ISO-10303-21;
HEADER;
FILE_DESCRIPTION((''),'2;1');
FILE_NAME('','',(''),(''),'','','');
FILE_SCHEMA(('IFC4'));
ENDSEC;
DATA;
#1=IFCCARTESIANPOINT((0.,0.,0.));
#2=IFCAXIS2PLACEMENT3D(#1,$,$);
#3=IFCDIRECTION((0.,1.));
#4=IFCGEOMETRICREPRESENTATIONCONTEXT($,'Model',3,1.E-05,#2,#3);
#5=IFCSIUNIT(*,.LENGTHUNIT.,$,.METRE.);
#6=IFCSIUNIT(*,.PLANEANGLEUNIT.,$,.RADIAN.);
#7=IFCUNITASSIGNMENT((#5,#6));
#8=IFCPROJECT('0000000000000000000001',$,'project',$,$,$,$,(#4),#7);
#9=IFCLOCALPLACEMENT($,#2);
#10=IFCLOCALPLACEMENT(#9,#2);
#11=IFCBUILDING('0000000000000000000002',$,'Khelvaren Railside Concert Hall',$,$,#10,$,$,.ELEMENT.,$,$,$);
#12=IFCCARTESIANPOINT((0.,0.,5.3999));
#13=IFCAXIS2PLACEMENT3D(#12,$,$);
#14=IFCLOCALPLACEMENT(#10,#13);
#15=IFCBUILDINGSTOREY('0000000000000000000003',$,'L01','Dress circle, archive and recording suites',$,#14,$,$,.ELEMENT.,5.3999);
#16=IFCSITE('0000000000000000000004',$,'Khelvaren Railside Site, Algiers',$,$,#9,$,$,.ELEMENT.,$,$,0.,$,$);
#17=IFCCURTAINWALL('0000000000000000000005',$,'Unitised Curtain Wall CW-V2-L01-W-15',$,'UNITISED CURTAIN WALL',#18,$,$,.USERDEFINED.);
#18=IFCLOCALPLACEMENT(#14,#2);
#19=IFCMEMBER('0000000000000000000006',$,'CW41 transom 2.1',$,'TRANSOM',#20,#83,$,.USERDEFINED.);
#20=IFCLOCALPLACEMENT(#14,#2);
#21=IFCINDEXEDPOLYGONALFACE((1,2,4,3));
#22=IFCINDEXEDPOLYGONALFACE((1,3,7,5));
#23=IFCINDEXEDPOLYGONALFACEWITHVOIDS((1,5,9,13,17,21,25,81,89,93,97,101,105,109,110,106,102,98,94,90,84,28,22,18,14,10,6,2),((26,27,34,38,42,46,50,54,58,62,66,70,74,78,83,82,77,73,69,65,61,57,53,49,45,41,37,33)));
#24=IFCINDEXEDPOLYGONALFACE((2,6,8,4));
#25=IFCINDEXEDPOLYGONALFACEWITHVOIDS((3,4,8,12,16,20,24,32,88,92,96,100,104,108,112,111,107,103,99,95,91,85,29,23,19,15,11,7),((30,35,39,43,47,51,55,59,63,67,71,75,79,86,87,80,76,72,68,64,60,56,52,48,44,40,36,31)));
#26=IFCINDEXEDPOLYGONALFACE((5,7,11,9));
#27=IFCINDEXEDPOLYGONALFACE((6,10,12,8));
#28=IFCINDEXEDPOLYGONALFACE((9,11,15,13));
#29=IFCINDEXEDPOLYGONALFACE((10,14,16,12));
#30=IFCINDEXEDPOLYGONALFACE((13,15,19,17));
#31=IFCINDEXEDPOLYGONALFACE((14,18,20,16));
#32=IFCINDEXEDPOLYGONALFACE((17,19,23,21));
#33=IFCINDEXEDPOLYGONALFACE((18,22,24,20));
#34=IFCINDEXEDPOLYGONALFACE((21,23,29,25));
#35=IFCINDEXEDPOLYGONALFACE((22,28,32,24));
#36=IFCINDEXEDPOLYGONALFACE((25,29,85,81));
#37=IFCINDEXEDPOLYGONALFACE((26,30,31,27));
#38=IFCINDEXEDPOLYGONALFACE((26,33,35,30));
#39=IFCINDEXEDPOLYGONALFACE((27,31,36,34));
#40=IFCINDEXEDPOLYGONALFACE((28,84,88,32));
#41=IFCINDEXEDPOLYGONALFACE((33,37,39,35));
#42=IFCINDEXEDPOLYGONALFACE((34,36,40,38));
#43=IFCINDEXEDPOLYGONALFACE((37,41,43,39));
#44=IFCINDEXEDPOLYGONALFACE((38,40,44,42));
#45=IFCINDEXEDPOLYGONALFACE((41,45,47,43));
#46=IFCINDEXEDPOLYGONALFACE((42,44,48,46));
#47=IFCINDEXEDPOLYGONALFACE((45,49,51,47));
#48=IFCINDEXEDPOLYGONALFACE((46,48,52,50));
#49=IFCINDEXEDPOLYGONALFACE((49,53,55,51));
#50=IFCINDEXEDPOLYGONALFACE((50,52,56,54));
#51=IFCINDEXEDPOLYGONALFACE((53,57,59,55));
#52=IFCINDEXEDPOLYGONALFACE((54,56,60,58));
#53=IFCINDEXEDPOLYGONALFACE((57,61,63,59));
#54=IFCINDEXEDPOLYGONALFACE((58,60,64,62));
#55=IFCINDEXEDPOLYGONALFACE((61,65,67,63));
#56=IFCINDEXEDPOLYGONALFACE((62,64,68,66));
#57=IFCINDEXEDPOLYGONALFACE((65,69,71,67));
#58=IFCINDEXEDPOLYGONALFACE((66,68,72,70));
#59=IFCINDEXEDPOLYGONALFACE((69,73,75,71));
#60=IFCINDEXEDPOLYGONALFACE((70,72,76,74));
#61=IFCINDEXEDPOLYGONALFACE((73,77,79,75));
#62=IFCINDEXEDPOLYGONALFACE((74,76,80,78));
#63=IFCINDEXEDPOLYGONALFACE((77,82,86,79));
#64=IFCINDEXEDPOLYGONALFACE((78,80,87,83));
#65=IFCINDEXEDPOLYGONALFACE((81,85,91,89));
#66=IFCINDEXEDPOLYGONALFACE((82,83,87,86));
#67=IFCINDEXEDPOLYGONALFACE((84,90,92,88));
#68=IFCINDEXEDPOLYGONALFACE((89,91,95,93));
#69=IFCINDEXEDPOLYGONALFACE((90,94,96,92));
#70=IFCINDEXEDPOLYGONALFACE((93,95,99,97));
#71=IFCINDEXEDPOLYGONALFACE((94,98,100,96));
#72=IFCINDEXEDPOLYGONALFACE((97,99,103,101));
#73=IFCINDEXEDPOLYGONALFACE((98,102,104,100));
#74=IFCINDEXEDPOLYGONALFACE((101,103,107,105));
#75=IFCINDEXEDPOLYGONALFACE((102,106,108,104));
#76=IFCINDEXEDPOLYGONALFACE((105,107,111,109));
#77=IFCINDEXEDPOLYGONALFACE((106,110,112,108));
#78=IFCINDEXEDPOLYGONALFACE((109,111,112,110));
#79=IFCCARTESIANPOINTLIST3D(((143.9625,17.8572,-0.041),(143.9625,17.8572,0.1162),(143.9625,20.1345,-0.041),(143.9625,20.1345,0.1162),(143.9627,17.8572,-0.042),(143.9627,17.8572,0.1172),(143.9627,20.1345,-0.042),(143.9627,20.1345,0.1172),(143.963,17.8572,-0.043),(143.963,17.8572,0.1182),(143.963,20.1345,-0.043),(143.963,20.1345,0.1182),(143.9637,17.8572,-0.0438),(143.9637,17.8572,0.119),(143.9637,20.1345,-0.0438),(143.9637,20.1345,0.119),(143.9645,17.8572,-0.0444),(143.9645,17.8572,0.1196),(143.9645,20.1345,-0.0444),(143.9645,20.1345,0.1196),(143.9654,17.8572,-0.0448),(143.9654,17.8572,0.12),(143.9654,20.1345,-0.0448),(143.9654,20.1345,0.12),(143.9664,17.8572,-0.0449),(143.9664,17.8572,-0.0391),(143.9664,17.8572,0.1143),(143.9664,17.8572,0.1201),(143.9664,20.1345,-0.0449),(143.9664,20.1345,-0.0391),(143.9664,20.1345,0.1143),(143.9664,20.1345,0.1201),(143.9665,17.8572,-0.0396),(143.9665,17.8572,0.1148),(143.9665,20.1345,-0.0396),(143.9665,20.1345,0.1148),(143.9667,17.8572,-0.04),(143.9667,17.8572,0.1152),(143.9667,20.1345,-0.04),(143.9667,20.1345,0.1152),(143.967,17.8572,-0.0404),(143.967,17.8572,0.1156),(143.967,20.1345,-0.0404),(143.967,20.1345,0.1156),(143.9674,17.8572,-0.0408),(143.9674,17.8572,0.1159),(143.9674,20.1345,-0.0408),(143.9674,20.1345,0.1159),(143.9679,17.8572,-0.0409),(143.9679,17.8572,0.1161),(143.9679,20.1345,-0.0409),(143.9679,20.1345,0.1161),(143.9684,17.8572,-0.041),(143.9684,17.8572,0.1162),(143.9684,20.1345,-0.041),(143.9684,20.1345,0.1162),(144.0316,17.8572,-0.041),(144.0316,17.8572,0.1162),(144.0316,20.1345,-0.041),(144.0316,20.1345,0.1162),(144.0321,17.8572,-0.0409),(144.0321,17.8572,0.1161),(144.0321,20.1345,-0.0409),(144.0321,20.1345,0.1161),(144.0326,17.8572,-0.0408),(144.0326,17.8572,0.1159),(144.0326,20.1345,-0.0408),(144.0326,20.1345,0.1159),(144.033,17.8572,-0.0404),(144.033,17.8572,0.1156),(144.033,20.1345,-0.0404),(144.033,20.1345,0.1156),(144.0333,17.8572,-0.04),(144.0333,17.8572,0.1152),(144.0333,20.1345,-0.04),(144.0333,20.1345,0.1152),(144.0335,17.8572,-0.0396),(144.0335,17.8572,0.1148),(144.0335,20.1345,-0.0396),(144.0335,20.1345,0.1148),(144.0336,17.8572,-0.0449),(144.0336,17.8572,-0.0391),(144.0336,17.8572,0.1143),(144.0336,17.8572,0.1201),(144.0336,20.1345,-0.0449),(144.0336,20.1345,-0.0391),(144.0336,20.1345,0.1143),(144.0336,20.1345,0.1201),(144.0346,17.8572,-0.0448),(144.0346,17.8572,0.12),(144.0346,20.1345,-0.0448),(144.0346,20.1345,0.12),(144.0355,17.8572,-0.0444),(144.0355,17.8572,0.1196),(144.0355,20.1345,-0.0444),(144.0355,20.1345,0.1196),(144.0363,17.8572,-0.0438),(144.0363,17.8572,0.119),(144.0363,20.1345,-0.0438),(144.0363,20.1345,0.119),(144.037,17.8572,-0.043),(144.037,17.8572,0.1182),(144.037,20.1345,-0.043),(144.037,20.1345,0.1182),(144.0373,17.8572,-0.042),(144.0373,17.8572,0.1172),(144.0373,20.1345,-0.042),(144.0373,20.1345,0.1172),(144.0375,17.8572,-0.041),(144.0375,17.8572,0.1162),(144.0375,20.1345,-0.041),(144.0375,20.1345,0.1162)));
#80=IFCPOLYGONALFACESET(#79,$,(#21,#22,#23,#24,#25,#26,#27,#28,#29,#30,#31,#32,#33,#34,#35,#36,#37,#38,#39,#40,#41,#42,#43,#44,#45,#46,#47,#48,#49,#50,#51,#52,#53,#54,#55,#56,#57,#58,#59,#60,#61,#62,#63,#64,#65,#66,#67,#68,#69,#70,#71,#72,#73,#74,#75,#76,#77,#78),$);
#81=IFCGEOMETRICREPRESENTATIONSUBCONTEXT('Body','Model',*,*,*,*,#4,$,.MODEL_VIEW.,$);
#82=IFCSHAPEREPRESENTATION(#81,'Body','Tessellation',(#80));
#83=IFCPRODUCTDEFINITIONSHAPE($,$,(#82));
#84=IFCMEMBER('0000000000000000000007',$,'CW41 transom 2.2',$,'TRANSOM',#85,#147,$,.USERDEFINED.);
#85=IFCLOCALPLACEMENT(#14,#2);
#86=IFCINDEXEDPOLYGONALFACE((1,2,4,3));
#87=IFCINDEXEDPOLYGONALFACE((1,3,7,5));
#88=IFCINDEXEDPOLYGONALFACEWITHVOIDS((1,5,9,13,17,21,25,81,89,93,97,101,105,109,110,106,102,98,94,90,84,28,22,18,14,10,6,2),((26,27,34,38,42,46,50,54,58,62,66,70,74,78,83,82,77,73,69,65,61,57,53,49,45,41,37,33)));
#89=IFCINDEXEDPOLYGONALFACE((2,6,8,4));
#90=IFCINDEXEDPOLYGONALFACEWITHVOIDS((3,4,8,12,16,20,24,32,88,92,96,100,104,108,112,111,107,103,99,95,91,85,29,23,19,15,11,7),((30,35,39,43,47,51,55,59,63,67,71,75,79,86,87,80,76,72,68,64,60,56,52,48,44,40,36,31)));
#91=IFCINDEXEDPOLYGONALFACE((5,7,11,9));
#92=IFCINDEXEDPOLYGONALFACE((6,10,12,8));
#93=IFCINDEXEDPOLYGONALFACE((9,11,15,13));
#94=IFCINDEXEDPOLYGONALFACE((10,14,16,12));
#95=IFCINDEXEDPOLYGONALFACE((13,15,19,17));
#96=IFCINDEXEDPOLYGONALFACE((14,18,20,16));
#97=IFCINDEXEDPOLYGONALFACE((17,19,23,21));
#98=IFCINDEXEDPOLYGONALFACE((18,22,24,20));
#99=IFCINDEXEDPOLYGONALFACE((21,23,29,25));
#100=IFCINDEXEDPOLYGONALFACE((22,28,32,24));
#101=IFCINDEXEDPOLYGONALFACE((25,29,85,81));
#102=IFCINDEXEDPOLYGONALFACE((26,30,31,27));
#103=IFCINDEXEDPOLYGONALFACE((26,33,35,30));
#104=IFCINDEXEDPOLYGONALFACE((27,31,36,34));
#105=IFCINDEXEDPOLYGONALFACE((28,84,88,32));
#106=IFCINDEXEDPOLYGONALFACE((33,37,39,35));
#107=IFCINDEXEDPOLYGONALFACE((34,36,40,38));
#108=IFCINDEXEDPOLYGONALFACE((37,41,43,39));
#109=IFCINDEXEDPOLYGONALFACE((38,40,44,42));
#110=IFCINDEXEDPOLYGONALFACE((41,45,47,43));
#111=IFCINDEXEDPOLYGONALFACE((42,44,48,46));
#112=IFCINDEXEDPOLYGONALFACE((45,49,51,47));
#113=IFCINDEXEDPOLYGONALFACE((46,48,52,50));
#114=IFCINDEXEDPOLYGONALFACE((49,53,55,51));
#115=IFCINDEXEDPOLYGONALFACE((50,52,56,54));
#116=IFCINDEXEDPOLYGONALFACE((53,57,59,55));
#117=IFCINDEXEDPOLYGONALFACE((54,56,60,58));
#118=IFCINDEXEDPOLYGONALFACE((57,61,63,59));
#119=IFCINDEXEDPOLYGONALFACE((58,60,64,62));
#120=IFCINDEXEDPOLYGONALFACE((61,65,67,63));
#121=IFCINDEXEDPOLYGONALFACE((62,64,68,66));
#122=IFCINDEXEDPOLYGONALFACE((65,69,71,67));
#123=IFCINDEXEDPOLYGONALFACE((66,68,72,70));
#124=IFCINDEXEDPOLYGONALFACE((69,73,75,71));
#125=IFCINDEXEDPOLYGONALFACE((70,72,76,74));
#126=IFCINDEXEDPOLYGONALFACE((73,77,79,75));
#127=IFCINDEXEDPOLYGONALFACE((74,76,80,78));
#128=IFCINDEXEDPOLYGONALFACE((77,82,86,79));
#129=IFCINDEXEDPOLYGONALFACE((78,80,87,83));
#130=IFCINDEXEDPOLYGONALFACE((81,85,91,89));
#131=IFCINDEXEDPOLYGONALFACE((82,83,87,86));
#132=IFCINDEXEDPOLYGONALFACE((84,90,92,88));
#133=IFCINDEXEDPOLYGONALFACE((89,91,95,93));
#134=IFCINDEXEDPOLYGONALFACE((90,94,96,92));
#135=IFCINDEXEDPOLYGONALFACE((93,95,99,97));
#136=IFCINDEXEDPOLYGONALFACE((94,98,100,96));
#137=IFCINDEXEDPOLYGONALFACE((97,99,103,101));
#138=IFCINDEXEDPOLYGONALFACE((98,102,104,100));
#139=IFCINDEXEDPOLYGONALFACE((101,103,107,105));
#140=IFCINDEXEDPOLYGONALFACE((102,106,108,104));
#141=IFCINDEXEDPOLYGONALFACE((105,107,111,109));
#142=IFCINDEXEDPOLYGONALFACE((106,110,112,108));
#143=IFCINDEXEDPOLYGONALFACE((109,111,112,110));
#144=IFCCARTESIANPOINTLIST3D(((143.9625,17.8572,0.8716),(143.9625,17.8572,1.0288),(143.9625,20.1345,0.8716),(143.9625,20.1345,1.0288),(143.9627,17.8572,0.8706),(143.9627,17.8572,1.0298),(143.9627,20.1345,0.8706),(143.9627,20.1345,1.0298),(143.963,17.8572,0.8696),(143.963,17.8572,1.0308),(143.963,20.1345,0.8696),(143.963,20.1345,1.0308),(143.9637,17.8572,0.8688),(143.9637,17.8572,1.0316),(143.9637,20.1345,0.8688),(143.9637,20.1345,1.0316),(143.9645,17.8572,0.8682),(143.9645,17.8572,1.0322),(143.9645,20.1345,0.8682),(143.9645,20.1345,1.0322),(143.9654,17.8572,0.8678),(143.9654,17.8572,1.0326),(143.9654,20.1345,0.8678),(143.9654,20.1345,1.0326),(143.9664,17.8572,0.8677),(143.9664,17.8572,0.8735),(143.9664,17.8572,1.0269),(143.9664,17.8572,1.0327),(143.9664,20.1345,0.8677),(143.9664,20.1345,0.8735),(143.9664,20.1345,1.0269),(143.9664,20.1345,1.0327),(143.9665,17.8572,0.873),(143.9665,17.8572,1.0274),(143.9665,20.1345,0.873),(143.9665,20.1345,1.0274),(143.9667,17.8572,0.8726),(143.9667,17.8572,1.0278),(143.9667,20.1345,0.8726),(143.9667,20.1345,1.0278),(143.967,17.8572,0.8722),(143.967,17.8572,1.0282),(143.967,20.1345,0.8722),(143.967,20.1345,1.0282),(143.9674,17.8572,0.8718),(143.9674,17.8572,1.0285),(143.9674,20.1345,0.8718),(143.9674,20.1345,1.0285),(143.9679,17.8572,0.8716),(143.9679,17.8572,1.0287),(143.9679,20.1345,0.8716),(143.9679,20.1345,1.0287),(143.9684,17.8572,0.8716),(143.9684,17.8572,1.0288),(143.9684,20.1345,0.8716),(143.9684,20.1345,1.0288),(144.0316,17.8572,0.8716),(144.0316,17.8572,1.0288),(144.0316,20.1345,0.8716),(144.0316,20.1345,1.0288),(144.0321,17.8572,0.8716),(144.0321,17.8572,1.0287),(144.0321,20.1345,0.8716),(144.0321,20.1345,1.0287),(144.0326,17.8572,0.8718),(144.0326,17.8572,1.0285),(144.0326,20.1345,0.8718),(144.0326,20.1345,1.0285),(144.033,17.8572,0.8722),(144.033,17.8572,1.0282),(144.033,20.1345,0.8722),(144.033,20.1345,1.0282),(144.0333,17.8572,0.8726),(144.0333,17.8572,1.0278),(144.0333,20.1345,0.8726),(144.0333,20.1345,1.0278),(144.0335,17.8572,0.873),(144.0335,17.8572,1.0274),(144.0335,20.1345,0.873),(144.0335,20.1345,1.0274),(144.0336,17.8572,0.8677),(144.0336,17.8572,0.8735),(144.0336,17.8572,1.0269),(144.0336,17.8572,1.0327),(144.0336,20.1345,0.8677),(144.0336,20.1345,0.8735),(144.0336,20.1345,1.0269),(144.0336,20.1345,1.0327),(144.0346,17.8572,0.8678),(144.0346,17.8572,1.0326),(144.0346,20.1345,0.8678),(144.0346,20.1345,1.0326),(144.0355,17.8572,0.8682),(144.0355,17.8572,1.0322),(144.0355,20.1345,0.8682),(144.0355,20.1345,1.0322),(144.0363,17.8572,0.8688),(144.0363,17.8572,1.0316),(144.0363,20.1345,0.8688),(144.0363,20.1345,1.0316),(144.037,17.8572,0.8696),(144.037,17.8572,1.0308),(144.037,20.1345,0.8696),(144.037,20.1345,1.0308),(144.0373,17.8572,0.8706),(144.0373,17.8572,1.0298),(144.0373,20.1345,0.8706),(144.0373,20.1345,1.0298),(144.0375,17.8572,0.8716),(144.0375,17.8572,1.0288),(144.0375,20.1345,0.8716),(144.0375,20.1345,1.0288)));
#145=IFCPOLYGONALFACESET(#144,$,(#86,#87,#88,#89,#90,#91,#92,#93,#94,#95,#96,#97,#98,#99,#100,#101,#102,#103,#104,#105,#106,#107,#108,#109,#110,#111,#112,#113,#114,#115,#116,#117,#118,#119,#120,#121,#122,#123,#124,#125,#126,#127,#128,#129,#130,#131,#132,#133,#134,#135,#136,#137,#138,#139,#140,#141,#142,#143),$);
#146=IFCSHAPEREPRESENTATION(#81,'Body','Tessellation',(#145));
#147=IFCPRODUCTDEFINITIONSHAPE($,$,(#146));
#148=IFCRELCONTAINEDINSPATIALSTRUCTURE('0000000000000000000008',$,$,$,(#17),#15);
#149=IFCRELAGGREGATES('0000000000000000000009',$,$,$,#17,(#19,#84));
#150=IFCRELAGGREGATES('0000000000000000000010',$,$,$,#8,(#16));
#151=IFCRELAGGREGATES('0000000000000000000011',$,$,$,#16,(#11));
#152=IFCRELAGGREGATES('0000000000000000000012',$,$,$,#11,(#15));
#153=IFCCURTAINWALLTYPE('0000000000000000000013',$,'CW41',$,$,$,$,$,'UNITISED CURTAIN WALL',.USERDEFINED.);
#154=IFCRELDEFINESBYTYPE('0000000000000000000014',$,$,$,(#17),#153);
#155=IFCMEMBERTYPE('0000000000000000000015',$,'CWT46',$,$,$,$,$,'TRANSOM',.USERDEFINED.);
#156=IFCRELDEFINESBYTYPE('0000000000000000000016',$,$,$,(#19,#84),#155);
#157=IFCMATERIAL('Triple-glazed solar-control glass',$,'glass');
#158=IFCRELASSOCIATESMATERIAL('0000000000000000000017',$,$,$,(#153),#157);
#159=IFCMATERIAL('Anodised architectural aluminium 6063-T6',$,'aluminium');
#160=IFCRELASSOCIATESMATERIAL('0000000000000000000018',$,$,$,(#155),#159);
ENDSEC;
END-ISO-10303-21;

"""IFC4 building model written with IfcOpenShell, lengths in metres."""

from ifc_helpers import new_model, si_unit, direction, frame, origin, origin_2d, place, context, subcontext, project, spatial, hollow_rectangle, extrude, material, material_profile, profile_set, type_object, element, aggregate, save


model = new_model("IFC4")

# Units and contexts
model_context = context("Model", 3, precision=1e-05, world=origin(), true_north=direction((0.0, 1.0)))
body_context = subcontext(model_context, "Body", "Model", "MODEL_VIEW")
ifc_project = project(units=[si_unit("LENGTHUNIT", "METRE"), si_unit("PLANEANGLEUNIT", "RADIAN")], contexts=[model_context])

# Site, building, storey
site_placement = place(None, origin())
site = spatial("IfcSite", under=ifc_project, at=site_placement, Name="Khelvaren Railside Site, Algiers", CompositionType="ELEMENT", RefElevation=0.0)
building_placement = place(site_placement, origin())
building = spatial("IfcBuilding", under=site, at=building_placement, Name="Khelvaren Railside Concert Hall", CompositionType="ELEMENT")
storey_placement = place(building_placement, frame((0.0, 0.0, 5.3999)))
storey = spatial("IfcBuildingStorey", under=building, at=storey_placement, Name="L01", Description="Dress circle, archive and recording suites", CompositionType="ELEMENT", Elevation=5.3999)

# Curtain wall, members
ifc_material_1 = material(Name="Triple-glazed solar-control glass", Category="glass")
curtain_wall_type = type_object("IfcCurtainWallType", Name="CW41", ElementType="UNITISED CURTAIN WALL", PredefinedType="USERDEFINED", material=ifc_material_1)
curtain_wall_placement = place(storey_placement, origin())
curtain_wall = element("IfcCurtainWall", 1, at=curtain_wall_placement, inside=storey, type_object=curtain_wall_type, Name="Unitised Curtain Wall CW-V2-L01-W-15", ObjectType="UNITISED CURTAIN WALL", PredefinedType="USERDEFINED")
ifc_material_2 = material(Name="Anodised architectural aluminium 6063-T6", Category="aluminium")
ifc_material_profile_1 = material_profile(ifc_material_2, hollow_rectangle(XDim=0.075, YDim=0.165, WallThickness=0.0039, InnerFilletRadius=0.002, OuterFilletRadius=0.0039, at=origin_2d()), Name="CWT 75x165x4")
ifc_profile_set_1 = profile_set([ifc_material_profile_1], Name="Anodised architectural aluminium 6063-T6")
member_type_1 = type_object("IfcMemberType", Name="CWT46", ElementType="TRANSOM", PredefinedType="USERDEFINED", material=ifc_profile_set_1)
member_1_placement = place(storey_placement, frame((144.0, 17.8572, 0.0376), z_axis=(0.0, 1.0, 0.0), x_axis=(-1.0, 0.0, 0.0)))
member_1 = element("IfcMember", 2, at=member_1_placement, type_object=member_type_1, Name="CW41 transom 2.1", ObjectType="TRANSOM", PredefinedType="USERDEFINED", context=body_context, shape_type="SweptSolid", body=[
    extrude(hollow_rectangle(XDim=0.075, YDim=0.165, WallThickness=0.0039, InnerFilletRadius=0.002, OuterFilletRadius=0.0039, at=origin_2d()), origin(), (0.0, 0.0, 1.0), 2.2773),
])
member_2_placement = place(storey_placement, frame((144.0, 17.8572, 0.9502), z_axis=(0.0, 1.0, 0.0), x_axis=(-1.0, 0.0, 0.0)))
member_2 = element("IfcMember", 3, at=member_2_placement, type_object=member_type_1, Name="CW41 transom 2.2", ObjectType="TRANSOM", PredefinedType="USERDEFINED", context=body_context, shape_type="SweptSolid", body=[
    extrude(hollow_rectangle(XDim=0.075, YDim=0.165, WallThickness=0.0039, InnerFilletRadius=0.002, OuterFilletRadius=0.0039, at=origin_2d()), origin(), (0.0, 0.0, 1.0), 2.2773),
])

aggregate(curtain_wall, [member_1, member_2])

save(model, "model.ifc")
